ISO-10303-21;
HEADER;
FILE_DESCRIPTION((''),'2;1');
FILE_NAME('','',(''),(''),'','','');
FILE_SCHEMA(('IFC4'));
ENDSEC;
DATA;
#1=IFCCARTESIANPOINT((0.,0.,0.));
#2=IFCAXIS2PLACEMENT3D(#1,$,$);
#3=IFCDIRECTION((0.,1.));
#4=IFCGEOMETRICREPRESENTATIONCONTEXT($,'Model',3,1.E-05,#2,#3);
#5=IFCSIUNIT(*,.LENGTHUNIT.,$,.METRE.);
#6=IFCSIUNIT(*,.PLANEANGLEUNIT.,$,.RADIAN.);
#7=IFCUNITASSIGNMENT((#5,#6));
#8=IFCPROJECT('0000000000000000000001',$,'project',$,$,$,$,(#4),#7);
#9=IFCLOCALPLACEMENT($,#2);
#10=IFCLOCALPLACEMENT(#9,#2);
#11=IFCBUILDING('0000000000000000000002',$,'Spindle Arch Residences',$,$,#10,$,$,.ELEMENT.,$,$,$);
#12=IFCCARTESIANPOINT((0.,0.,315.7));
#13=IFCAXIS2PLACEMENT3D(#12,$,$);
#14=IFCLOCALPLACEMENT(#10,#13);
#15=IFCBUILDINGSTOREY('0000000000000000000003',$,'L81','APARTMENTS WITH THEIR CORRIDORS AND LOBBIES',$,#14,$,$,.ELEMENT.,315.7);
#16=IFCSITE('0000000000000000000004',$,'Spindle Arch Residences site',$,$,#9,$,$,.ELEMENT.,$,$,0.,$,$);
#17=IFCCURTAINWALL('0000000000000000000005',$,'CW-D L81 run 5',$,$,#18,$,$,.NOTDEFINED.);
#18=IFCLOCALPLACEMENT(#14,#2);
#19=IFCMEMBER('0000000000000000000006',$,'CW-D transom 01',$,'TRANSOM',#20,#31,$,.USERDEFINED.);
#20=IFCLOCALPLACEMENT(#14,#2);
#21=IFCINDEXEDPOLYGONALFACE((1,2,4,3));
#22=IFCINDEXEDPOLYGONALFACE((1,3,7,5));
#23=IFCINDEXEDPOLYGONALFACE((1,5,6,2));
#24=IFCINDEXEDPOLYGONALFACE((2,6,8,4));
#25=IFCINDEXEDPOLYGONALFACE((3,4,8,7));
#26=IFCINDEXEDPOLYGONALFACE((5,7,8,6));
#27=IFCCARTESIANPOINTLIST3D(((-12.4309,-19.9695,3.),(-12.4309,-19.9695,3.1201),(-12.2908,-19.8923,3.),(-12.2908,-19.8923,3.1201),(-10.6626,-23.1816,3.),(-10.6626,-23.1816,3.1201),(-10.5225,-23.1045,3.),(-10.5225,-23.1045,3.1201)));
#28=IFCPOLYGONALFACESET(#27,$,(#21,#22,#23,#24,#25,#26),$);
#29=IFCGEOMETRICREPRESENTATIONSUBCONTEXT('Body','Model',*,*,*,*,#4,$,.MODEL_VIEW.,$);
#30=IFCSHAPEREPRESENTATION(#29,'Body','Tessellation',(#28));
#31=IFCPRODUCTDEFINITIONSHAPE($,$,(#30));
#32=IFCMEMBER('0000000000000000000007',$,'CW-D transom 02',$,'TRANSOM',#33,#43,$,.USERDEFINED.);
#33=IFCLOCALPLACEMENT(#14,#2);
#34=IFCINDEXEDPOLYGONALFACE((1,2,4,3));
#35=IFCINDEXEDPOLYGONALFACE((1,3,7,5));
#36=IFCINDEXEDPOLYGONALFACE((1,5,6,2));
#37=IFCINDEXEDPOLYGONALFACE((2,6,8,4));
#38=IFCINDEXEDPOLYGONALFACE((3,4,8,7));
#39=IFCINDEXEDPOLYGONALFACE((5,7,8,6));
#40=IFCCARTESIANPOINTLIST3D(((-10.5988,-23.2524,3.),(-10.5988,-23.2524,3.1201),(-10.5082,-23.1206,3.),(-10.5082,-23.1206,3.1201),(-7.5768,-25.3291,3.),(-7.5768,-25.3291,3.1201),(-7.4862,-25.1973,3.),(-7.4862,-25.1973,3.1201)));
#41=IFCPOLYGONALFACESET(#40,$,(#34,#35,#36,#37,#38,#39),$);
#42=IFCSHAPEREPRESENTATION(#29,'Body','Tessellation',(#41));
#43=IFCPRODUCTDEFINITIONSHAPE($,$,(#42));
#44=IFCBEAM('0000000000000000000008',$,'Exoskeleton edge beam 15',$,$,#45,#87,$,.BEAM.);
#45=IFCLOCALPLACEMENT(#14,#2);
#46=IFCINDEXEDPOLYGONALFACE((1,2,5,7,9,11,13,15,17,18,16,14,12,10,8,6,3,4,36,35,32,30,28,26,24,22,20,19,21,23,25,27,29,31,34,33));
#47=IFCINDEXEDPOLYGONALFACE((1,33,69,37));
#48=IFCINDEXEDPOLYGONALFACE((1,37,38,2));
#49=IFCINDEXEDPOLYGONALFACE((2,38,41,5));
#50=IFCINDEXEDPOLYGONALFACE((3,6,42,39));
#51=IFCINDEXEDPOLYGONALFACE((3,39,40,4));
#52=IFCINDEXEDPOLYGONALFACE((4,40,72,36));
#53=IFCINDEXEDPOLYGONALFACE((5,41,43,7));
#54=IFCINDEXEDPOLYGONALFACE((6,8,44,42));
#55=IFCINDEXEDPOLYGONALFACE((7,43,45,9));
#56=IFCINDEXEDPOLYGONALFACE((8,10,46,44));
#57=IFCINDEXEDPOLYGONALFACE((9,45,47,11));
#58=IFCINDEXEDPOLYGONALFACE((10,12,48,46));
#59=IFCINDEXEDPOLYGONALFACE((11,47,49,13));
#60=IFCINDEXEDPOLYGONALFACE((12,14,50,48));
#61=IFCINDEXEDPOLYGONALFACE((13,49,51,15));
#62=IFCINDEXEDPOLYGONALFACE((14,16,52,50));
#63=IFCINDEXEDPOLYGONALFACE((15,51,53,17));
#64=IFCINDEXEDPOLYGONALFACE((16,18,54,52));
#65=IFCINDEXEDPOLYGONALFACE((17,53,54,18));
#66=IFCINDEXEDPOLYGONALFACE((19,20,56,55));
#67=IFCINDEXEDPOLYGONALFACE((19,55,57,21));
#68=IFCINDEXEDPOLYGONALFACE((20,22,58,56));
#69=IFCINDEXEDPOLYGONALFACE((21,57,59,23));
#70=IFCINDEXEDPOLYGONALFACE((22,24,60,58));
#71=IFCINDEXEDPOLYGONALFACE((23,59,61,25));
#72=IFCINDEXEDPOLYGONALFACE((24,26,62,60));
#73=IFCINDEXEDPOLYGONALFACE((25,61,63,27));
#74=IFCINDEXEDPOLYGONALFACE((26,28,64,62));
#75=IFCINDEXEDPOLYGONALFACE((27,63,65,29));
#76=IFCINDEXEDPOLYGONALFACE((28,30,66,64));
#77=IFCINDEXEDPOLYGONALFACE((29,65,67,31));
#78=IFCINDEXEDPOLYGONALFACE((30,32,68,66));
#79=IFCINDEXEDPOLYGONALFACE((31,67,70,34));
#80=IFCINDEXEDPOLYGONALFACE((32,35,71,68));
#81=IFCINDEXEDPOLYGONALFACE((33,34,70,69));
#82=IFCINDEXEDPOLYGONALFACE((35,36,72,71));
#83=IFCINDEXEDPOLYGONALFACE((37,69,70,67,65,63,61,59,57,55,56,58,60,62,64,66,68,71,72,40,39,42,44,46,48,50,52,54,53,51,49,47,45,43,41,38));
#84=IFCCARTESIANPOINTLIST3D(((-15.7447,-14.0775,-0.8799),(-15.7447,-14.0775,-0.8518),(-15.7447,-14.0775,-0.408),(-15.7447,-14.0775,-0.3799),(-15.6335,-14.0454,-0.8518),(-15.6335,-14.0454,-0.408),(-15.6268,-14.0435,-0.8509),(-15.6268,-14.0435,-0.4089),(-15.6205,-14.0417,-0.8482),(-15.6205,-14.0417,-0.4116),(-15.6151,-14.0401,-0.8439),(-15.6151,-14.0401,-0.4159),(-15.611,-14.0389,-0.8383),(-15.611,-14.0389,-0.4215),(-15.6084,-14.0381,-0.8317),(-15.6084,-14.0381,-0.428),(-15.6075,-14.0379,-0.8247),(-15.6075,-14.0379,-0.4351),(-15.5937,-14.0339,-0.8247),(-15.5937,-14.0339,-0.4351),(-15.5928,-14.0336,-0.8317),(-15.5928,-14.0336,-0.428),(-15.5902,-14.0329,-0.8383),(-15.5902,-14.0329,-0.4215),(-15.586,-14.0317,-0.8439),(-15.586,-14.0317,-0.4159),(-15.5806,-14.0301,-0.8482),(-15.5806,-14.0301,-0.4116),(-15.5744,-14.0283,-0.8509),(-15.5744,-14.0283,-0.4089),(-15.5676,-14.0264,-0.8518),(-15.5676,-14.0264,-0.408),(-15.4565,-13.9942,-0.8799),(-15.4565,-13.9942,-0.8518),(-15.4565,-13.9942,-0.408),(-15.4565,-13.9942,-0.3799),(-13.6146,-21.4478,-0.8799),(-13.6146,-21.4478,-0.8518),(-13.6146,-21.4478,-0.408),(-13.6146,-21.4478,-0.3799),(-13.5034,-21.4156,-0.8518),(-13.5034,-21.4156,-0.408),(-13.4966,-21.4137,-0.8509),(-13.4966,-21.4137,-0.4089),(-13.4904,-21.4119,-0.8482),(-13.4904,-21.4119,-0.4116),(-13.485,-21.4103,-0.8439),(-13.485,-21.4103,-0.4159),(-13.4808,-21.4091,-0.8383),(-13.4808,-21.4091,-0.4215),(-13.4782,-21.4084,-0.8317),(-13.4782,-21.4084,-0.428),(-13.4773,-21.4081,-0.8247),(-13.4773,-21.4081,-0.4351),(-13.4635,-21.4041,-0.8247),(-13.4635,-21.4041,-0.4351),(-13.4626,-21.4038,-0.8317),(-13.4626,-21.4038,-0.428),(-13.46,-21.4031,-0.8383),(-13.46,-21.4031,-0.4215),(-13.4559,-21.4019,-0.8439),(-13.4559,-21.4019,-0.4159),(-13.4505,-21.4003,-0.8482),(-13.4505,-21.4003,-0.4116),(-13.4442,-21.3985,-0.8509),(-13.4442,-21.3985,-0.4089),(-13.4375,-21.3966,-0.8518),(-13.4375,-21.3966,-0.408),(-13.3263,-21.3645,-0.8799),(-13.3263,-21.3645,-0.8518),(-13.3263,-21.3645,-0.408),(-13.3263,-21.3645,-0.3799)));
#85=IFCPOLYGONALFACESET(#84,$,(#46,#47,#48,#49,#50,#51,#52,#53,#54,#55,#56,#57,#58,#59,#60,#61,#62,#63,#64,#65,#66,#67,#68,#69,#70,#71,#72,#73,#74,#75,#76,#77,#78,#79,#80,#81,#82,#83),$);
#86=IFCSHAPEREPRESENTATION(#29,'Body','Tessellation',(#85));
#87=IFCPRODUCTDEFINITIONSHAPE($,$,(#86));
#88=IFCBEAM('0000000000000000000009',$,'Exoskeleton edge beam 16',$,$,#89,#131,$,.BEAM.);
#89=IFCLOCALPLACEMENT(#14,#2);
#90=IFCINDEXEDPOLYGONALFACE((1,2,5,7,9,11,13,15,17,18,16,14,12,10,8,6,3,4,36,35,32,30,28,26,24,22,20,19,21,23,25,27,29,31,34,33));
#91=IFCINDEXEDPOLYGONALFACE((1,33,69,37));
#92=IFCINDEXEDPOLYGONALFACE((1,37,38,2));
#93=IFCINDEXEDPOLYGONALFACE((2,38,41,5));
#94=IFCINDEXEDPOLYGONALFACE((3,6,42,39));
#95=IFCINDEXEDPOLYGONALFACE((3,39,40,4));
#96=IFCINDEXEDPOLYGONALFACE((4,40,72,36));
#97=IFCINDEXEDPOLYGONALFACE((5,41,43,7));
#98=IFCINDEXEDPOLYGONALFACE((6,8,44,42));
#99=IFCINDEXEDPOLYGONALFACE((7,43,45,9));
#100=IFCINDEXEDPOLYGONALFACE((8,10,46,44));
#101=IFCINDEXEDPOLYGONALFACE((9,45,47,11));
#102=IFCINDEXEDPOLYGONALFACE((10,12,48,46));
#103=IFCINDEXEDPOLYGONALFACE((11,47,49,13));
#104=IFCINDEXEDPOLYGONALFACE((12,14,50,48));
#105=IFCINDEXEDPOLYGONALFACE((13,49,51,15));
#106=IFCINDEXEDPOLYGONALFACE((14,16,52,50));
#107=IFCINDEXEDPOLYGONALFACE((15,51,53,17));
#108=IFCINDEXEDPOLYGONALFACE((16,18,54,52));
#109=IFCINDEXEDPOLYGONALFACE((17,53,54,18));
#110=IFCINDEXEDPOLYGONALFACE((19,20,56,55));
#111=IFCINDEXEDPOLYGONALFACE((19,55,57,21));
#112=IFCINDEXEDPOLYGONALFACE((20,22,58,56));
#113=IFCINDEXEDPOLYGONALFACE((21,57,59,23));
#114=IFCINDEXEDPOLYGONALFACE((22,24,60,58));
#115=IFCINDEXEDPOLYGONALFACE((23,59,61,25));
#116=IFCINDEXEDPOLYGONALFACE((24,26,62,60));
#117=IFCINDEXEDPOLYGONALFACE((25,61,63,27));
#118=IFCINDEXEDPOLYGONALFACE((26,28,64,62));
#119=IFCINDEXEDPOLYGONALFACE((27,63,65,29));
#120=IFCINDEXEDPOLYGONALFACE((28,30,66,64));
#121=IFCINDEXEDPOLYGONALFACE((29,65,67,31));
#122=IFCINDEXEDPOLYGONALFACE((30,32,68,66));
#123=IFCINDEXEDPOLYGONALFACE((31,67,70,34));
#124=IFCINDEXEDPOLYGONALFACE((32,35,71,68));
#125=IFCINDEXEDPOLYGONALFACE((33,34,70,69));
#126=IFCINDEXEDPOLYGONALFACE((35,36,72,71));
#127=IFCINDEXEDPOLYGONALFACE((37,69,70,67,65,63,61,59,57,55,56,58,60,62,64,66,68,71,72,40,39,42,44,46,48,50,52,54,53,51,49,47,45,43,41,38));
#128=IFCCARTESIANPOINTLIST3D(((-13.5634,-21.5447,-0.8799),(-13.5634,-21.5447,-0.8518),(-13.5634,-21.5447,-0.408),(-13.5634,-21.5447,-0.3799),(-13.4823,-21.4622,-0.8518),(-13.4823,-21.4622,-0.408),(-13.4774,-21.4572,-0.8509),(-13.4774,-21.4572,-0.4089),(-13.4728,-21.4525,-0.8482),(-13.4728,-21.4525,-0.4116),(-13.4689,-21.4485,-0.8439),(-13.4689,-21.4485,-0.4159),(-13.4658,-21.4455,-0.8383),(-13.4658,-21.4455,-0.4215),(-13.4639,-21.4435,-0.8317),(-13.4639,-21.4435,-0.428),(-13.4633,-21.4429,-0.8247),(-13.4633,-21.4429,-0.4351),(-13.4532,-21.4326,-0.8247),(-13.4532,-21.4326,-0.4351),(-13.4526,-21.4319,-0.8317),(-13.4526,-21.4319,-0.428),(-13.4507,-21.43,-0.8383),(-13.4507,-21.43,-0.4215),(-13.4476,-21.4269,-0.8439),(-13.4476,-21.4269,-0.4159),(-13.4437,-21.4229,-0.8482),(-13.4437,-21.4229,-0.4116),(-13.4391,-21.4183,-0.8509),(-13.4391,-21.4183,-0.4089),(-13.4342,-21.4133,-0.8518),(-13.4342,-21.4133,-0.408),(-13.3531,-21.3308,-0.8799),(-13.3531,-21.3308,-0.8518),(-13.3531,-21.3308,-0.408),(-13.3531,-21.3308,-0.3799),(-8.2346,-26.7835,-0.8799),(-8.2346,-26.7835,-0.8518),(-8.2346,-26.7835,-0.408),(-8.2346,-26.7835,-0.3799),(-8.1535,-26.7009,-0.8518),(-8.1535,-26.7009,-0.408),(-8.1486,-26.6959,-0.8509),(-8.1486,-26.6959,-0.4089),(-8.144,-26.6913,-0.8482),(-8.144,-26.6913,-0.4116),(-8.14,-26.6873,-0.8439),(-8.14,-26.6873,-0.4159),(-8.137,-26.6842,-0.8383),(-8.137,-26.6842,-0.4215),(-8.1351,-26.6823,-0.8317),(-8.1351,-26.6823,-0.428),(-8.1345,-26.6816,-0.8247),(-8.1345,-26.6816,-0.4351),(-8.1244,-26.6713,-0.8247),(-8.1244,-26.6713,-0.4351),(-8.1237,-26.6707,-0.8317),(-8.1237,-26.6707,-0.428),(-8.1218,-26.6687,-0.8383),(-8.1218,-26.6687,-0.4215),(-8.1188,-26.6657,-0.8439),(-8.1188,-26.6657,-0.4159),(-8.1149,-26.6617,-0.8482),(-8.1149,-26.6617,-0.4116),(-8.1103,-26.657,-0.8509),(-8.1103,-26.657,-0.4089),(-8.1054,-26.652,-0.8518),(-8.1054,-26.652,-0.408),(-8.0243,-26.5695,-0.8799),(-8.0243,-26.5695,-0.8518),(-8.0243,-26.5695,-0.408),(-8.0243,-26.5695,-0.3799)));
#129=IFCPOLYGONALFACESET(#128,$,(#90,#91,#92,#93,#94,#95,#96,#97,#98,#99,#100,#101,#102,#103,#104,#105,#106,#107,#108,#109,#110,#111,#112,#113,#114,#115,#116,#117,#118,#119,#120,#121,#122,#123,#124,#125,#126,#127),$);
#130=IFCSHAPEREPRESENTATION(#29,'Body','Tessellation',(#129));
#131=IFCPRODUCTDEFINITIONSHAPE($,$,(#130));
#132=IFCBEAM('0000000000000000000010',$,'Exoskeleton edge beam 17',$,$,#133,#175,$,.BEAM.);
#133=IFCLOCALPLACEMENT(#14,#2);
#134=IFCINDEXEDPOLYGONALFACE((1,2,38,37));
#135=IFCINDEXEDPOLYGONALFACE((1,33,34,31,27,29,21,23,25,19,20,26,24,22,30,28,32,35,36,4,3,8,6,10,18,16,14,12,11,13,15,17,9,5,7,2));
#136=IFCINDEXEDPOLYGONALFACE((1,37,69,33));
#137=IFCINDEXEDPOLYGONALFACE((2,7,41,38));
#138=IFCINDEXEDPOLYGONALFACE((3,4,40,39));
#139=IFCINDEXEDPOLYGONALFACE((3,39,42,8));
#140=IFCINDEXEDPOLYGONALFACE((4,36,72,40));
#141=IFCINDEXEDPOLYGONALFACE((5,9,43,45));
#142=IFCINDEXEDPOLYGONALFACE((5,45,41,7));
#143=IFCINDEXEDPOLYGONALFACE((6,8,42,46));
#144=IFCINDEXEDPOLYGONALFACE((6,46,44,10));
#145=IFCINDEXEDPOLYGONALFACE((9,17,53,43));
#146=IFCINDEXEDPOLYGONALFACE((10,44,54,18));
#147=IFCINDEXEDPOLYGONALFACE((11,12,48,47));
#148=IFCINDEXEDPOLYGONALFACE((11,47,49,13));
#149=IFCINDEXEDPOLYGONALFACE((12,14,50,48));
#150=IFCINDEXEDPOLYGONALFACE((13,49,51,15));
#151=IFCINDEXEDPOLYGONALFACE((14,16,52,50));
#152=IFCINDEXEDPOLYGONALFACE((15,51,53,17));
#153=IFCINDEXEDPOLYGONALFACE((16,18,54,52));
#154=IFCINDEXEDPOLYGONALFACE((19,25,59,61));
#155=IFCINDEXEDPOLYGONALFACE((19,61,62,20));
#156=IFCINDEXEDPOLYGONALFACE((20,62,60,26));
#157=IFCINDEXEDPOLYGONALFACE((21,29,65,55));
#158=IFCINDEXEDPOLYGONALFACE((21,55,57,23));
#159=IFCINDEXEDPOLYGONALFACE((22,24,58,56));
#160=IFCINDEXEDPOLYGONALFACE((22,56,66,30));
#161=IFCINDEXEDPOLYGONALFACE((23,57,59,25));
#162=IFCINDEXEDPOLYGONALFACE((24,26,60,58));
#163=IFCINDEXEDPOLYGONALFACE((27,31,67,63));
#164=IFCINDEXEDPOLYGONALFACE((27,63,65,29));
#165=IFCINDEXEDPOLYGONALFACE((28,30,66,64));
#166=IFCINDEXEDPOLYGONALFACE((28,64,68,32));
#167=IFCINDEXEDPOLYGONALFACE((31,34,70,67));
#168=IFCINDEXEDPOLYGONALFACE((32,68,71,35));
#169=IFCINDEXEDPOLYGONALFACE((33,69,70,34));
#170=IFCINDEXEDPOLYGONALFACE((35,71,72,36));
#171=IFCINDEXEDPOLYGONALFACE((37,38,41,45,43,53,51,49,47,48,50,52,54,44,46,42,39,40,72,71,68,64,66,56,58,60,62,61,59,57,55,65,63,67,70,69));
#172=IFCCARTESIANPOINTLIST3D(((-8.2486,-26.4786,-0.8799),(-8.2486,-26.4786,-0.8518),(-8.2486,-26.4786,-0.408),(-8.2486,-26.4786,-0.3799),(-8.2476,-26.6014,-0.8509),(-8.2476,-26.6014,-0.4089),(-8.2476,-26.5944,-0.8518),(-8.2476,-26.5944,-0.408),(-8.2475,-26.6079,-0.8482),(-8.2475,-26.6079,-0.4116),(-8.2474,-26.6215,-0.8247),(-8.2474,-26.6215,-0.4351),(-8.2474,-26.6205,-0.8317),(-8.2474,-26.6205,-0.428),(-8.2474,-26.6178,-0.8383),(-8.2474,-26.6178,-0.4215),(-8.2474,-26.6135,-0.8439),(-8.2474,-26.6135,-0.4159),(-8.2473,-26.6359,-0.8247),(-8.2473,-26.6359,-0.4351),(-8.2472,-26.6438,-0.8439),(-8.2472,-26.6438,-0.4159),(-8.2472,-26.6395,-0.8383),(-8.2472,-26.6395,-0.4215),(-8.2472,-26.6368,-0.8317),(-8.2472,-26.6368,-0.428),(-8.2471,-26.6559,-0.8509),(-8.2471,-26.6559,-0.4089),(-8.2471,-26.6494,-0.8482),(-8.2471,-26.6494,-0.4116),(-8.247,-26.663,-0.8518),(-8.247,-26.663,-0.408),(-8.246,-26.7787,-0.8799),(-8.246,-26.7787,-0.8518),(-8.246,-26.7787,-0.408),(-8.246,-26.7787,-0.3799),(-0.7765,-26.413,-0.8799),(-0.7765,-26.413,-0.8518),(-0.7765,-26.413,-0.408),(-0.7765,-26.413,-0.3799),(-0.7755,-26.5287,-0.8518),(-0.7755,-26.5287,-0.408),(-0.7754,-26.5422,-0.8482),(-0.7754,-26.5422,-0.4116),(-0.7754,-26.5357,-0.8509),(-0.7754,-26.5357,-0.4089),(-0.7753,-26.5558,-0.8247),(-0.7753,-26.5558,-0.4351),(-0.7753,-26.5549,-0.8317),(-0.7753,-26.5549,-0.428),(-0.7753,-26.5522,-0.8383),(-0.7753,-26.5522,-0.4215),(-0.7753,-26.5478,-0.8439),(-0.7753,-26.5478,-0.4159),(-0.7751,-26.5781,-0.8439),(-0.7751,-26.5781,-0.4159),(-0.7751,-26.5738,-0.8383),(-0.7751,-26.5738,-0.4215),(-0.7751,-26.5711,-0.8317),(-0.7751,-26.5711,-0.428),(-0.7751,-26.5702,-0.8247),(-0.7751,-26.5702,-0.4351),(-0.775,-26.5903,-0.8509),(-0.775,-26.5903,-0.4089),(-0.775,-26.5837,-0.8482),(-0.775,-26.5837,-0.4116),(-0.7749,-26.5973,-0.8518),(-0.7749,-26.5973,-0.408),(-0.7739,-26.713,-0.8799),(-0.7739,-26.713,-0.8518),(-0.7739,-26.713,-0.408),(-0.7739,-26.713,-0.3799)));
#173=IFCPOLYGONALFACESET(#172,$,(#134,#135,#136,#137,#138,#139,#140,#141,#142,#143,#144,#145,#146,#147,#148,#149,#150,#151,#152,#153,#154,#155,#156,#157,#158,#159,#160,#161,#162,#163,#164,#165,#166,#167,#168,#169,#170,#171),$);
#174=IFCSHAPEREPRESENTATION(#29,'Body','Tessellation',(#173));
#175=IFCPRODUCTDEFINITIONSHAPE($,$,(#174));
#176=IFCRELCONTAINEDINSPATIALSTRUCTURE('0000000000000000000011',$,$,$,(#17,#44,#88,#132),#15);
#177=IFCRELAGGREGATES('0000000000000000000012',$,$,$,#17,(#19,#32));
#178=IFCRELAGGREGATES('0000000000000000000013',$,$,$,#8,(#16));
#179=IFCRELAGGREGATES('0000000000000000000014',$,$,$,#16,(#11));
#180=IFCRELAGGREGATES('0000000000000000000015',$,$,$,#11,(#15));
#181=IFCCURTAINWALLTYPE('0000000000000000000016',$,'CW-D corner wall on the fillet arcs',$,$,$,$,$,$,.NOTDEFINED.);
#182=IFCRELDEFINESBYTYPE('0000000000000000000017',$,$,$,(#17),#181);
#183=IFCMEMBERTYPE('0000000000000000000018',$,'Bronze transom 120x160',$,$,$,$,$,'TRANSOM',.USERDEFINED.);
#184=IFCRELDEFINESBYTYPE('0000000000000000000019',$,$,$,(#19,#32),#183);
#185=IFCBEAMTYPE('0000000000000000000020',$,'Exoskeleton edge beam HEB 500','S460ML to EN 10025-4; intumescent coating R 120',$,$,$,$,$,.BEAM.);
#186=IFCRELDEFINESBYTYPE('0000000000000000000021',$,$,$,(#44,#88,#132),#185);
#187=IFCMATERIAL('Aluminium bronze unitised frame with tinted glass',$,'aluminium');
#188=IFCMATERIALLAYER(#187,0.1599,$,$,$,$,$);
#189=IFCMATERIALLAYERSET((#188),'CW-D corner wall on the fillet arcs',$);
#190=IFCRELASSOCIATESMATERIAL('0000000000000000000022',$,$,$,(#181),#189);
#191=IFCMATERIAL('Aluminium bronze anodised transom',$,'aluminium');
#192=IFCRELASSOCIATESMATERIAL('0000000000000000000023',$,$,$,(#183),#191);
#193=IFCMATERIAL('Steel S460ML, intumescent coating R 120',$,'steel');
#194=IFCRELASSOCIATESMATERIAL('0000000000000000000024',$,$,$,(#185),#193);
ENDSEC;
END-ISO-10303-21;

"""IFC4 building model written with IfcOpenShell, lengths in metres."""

from ifc_helpers import new_model, si_unit, direction, frame, origin, origin_2d, place, context, subcontext, project, spatial, rectangle, i_section, extrude, material, layer, layer_set, material_profile, profile_set, type_object, element, aggregate, save


model = new_model("IFC4")

# Units and contexts
model_context = context("Model", 3, precision=1e-05, world=origin(), true_north=direction((0.0, 1.0)))
body_context = subcontext(model_context, "Body", "Model", "MODEL_VIEW")
ifc_project = project(units=[si_unit("LENGTHUNIT", "METRE"), si_unit("PLANEANGLEUNIT", "RADIAN")], contexts=[model_context])

# Site, building, storey
site_placement = place(None, origin())
site = spatial("IfcSite", under=ifc_project, at=site_placement, Name="Spindle Arch Residences site", CompositionType="ELEMENT", RefElevation=0.0)
building_placement = place(site_placement, origin())
building = spatial("IfcBuilding", under=site, at=building_placement, Name="Spindle Arch Residences", CompositionType="ELEMENT")
storey_placement = place(building_placement, frame((0.0, 0.0, 315.7)))
storey = spatial("IfcBuildingStorey", under=building, at=storey_placement, Name="L81", Description="APARTMENTS WITH THEIR CORRIDORS AND LOBBIES", CompositionType="ELEMENT", Elevation=315.7)

# Curtain wall, members
ifc_material_1 = material(Name="Aluminium bronze unitised frame with tinted glass", Category="aluminium")
ifc_layer_1 = layer(ifc_material_1, 0.1599)
ifc_layer_set_1 = layer_set([ifc_layer_1], Name="CW-D corner wall on the fillet arcs")
curtain_wall_type = type_object("IfcCurtainWallType", Name="CW-D corner wall on the fillet arcs", PredefinedType="NOTDEFINED", material=ifc_layer_set_1)
curtain_wall_placement = place(storey_placement, origin())
curtain_wall = element("IfcCurtainWall", 1, at=curtain_wall_placement, inside=storey, type_object=curtain_wall_type, Name="CW-D L81 run 5", PredefinedType="NOTDEFINED")
ifc_material_2 = material(Name="Aluminium bronze anodised transom", Category="aluminium")
ifc_material_profile_1 = material_profile(ifc_material_2, rectangle(XDim=0.1599, YDim=0.1201, at=origin_2d()), Name="TR 120x160")
ifc_profile_set_1 = profile_set([ifc_material_profile_1], Name="Aluminium bronze anodised transom")
member_type_1 = type_object("IfcMemberType", Name="Bronze transom 120x160", ElementType="TRANSOM", PredefinedType="USERDEFINED", material=ifc_profile_set_1)
member_1_placement = place(storey_placement, frame((-12.3608, -19.9309, 3.0601), z_axis=(0.482259, -0.876029, 0.0), x_axis=(0.876029, 0.482259, 0.0)))
member_1 = element("IfcMember", 2, at=member_1_placement, type_object=member_type_1, Name="CW-D transom 01", ObjectType="TRANSOM", PredefinedType="USERDEFINED", context=body_context, shape_type="SweptSolid", body=[
    extrude(rectangle(XDim=0.1599, YDim=0.1201, at=origin_2d()), origin(), (0.0, 0.0, 1.0), 3.6667),
])
member_2_placement = place(storey_placement, frame((-10.5535, -23.1865, 3.0601), z_axis=(0.824162, -0.566354, 0.0), x_axis=(0.566354, 0.824162, 0.0)))
member_2 = element("IfcMember", 3, at=member_2_placement, type_object=member_type_1, Name="CW-D transom 02", ObjectType="TRANSOM", PredefinedType="USERDEFINED", context=body_context, shape_type="SweptSolid", body=[
    extrude(rectangle(XDim=0.1599, YDim=0.1201, at=origin_2d()), origin(), (0.0, 0.0, 1.0), 3.6667),
])

# Beams
ifc_material_3 = material(Name="Steel S460ML, intumescent coating R 120", Category="steel")
ifc_material_profile_2 = material_profile(ifc_material_3, i_section(OverallWidth=0.3, OverallDepth=0.5, WebThickness=0.0144, FlangeThickness=0.0281, FilletRadius=0.0271, at=origin_2d()), Name="HEB 500")
ifc_profile_set_2 = profile_set([ifc_material_profile_2], Name="Steel S460ML, intumescent coating R 120")
beam_type_1 = type_object("IfcBeamType", Name="Exoskeleton edge beam HEB 500", Description="S460ML to EN 10025-4; intumescent coating R 120", PredefinedType="BEAM", material=ifc_profile_set_2)
beam_1_placement = place(storey_placement, frame((-15.6006, -14.0359, -0.6299), z_axis=(0.277658, -0.96068, 0.0), x_axis=(0.96068, 0.277658, 0.0)))
element("IfcBeam", 4, at=beam_1_placement, inside=storey, type_object=beam_type_1, Name="Exoskeleton edge beam 15", PredefinedType="BEAM", context=body_context, shape_type="SweptSolid", body=[
    extrude(i_section(OverallWidth=0.3, OverallDepth=0.5, WebThickness=0.0144, FlangeThickness=0.0281, FilletRadius=0.0271, at=origin_2d()), origin(), (0.0, 0.0, 1.0), 7.6719),
])
beam_2_placement = place(storey_placement, frame((-13.4583, -21.4377, -0.6299), z_axis=(0.713109, -0.701053, 0.0), x_axis=(0.701053, 0.713109, 0.0)))
element("IfcBeam", 5, at=beam_2_placement, inside=storey, type_object=beam_type_1, Name="Exoskeleton edge beam 16", PredefinedType="BEAM", context=body_context, shape_type="SweptSolid", body=[
    extrude(i_section(OverallWidth=0.3, OverallDepth=0.5, WebThickness=0.0144, FlangeThickness=0.0281, FilletRadius=0.0271, at=origin_2d()), origin(), (0.0, 0.0, 1.0), 7.4727),
])
beam_3_placement = place(storey_placement, frame((-8.2473, -26.6287, -0.6299), z_axis=(0.999961, 0.008789, 0.0), x_axis=(-0.008789, 0.999961, 0.0)))
element("IfcBeam", 6, at=beam_3_placement, inside=storey, type_object=beam_type_1, Name="Exoskeleton edge beam 17", PredefinedType="BEAM", context=body_context, shape_type="SweptSolid", body=[
    extrude(i_section(OverallWidth=0.3, OverallDepth=0.5, WebThickness=0.0144, FlangeThickness=0.0281, FilletRadius=0.0271, at=origin_2d()), origin(), (0.0, 0.0, 1.0), 7.4724),
])

aggregate(curtain_wall, [member_1, member_2])

save(model, "model.ifc")
